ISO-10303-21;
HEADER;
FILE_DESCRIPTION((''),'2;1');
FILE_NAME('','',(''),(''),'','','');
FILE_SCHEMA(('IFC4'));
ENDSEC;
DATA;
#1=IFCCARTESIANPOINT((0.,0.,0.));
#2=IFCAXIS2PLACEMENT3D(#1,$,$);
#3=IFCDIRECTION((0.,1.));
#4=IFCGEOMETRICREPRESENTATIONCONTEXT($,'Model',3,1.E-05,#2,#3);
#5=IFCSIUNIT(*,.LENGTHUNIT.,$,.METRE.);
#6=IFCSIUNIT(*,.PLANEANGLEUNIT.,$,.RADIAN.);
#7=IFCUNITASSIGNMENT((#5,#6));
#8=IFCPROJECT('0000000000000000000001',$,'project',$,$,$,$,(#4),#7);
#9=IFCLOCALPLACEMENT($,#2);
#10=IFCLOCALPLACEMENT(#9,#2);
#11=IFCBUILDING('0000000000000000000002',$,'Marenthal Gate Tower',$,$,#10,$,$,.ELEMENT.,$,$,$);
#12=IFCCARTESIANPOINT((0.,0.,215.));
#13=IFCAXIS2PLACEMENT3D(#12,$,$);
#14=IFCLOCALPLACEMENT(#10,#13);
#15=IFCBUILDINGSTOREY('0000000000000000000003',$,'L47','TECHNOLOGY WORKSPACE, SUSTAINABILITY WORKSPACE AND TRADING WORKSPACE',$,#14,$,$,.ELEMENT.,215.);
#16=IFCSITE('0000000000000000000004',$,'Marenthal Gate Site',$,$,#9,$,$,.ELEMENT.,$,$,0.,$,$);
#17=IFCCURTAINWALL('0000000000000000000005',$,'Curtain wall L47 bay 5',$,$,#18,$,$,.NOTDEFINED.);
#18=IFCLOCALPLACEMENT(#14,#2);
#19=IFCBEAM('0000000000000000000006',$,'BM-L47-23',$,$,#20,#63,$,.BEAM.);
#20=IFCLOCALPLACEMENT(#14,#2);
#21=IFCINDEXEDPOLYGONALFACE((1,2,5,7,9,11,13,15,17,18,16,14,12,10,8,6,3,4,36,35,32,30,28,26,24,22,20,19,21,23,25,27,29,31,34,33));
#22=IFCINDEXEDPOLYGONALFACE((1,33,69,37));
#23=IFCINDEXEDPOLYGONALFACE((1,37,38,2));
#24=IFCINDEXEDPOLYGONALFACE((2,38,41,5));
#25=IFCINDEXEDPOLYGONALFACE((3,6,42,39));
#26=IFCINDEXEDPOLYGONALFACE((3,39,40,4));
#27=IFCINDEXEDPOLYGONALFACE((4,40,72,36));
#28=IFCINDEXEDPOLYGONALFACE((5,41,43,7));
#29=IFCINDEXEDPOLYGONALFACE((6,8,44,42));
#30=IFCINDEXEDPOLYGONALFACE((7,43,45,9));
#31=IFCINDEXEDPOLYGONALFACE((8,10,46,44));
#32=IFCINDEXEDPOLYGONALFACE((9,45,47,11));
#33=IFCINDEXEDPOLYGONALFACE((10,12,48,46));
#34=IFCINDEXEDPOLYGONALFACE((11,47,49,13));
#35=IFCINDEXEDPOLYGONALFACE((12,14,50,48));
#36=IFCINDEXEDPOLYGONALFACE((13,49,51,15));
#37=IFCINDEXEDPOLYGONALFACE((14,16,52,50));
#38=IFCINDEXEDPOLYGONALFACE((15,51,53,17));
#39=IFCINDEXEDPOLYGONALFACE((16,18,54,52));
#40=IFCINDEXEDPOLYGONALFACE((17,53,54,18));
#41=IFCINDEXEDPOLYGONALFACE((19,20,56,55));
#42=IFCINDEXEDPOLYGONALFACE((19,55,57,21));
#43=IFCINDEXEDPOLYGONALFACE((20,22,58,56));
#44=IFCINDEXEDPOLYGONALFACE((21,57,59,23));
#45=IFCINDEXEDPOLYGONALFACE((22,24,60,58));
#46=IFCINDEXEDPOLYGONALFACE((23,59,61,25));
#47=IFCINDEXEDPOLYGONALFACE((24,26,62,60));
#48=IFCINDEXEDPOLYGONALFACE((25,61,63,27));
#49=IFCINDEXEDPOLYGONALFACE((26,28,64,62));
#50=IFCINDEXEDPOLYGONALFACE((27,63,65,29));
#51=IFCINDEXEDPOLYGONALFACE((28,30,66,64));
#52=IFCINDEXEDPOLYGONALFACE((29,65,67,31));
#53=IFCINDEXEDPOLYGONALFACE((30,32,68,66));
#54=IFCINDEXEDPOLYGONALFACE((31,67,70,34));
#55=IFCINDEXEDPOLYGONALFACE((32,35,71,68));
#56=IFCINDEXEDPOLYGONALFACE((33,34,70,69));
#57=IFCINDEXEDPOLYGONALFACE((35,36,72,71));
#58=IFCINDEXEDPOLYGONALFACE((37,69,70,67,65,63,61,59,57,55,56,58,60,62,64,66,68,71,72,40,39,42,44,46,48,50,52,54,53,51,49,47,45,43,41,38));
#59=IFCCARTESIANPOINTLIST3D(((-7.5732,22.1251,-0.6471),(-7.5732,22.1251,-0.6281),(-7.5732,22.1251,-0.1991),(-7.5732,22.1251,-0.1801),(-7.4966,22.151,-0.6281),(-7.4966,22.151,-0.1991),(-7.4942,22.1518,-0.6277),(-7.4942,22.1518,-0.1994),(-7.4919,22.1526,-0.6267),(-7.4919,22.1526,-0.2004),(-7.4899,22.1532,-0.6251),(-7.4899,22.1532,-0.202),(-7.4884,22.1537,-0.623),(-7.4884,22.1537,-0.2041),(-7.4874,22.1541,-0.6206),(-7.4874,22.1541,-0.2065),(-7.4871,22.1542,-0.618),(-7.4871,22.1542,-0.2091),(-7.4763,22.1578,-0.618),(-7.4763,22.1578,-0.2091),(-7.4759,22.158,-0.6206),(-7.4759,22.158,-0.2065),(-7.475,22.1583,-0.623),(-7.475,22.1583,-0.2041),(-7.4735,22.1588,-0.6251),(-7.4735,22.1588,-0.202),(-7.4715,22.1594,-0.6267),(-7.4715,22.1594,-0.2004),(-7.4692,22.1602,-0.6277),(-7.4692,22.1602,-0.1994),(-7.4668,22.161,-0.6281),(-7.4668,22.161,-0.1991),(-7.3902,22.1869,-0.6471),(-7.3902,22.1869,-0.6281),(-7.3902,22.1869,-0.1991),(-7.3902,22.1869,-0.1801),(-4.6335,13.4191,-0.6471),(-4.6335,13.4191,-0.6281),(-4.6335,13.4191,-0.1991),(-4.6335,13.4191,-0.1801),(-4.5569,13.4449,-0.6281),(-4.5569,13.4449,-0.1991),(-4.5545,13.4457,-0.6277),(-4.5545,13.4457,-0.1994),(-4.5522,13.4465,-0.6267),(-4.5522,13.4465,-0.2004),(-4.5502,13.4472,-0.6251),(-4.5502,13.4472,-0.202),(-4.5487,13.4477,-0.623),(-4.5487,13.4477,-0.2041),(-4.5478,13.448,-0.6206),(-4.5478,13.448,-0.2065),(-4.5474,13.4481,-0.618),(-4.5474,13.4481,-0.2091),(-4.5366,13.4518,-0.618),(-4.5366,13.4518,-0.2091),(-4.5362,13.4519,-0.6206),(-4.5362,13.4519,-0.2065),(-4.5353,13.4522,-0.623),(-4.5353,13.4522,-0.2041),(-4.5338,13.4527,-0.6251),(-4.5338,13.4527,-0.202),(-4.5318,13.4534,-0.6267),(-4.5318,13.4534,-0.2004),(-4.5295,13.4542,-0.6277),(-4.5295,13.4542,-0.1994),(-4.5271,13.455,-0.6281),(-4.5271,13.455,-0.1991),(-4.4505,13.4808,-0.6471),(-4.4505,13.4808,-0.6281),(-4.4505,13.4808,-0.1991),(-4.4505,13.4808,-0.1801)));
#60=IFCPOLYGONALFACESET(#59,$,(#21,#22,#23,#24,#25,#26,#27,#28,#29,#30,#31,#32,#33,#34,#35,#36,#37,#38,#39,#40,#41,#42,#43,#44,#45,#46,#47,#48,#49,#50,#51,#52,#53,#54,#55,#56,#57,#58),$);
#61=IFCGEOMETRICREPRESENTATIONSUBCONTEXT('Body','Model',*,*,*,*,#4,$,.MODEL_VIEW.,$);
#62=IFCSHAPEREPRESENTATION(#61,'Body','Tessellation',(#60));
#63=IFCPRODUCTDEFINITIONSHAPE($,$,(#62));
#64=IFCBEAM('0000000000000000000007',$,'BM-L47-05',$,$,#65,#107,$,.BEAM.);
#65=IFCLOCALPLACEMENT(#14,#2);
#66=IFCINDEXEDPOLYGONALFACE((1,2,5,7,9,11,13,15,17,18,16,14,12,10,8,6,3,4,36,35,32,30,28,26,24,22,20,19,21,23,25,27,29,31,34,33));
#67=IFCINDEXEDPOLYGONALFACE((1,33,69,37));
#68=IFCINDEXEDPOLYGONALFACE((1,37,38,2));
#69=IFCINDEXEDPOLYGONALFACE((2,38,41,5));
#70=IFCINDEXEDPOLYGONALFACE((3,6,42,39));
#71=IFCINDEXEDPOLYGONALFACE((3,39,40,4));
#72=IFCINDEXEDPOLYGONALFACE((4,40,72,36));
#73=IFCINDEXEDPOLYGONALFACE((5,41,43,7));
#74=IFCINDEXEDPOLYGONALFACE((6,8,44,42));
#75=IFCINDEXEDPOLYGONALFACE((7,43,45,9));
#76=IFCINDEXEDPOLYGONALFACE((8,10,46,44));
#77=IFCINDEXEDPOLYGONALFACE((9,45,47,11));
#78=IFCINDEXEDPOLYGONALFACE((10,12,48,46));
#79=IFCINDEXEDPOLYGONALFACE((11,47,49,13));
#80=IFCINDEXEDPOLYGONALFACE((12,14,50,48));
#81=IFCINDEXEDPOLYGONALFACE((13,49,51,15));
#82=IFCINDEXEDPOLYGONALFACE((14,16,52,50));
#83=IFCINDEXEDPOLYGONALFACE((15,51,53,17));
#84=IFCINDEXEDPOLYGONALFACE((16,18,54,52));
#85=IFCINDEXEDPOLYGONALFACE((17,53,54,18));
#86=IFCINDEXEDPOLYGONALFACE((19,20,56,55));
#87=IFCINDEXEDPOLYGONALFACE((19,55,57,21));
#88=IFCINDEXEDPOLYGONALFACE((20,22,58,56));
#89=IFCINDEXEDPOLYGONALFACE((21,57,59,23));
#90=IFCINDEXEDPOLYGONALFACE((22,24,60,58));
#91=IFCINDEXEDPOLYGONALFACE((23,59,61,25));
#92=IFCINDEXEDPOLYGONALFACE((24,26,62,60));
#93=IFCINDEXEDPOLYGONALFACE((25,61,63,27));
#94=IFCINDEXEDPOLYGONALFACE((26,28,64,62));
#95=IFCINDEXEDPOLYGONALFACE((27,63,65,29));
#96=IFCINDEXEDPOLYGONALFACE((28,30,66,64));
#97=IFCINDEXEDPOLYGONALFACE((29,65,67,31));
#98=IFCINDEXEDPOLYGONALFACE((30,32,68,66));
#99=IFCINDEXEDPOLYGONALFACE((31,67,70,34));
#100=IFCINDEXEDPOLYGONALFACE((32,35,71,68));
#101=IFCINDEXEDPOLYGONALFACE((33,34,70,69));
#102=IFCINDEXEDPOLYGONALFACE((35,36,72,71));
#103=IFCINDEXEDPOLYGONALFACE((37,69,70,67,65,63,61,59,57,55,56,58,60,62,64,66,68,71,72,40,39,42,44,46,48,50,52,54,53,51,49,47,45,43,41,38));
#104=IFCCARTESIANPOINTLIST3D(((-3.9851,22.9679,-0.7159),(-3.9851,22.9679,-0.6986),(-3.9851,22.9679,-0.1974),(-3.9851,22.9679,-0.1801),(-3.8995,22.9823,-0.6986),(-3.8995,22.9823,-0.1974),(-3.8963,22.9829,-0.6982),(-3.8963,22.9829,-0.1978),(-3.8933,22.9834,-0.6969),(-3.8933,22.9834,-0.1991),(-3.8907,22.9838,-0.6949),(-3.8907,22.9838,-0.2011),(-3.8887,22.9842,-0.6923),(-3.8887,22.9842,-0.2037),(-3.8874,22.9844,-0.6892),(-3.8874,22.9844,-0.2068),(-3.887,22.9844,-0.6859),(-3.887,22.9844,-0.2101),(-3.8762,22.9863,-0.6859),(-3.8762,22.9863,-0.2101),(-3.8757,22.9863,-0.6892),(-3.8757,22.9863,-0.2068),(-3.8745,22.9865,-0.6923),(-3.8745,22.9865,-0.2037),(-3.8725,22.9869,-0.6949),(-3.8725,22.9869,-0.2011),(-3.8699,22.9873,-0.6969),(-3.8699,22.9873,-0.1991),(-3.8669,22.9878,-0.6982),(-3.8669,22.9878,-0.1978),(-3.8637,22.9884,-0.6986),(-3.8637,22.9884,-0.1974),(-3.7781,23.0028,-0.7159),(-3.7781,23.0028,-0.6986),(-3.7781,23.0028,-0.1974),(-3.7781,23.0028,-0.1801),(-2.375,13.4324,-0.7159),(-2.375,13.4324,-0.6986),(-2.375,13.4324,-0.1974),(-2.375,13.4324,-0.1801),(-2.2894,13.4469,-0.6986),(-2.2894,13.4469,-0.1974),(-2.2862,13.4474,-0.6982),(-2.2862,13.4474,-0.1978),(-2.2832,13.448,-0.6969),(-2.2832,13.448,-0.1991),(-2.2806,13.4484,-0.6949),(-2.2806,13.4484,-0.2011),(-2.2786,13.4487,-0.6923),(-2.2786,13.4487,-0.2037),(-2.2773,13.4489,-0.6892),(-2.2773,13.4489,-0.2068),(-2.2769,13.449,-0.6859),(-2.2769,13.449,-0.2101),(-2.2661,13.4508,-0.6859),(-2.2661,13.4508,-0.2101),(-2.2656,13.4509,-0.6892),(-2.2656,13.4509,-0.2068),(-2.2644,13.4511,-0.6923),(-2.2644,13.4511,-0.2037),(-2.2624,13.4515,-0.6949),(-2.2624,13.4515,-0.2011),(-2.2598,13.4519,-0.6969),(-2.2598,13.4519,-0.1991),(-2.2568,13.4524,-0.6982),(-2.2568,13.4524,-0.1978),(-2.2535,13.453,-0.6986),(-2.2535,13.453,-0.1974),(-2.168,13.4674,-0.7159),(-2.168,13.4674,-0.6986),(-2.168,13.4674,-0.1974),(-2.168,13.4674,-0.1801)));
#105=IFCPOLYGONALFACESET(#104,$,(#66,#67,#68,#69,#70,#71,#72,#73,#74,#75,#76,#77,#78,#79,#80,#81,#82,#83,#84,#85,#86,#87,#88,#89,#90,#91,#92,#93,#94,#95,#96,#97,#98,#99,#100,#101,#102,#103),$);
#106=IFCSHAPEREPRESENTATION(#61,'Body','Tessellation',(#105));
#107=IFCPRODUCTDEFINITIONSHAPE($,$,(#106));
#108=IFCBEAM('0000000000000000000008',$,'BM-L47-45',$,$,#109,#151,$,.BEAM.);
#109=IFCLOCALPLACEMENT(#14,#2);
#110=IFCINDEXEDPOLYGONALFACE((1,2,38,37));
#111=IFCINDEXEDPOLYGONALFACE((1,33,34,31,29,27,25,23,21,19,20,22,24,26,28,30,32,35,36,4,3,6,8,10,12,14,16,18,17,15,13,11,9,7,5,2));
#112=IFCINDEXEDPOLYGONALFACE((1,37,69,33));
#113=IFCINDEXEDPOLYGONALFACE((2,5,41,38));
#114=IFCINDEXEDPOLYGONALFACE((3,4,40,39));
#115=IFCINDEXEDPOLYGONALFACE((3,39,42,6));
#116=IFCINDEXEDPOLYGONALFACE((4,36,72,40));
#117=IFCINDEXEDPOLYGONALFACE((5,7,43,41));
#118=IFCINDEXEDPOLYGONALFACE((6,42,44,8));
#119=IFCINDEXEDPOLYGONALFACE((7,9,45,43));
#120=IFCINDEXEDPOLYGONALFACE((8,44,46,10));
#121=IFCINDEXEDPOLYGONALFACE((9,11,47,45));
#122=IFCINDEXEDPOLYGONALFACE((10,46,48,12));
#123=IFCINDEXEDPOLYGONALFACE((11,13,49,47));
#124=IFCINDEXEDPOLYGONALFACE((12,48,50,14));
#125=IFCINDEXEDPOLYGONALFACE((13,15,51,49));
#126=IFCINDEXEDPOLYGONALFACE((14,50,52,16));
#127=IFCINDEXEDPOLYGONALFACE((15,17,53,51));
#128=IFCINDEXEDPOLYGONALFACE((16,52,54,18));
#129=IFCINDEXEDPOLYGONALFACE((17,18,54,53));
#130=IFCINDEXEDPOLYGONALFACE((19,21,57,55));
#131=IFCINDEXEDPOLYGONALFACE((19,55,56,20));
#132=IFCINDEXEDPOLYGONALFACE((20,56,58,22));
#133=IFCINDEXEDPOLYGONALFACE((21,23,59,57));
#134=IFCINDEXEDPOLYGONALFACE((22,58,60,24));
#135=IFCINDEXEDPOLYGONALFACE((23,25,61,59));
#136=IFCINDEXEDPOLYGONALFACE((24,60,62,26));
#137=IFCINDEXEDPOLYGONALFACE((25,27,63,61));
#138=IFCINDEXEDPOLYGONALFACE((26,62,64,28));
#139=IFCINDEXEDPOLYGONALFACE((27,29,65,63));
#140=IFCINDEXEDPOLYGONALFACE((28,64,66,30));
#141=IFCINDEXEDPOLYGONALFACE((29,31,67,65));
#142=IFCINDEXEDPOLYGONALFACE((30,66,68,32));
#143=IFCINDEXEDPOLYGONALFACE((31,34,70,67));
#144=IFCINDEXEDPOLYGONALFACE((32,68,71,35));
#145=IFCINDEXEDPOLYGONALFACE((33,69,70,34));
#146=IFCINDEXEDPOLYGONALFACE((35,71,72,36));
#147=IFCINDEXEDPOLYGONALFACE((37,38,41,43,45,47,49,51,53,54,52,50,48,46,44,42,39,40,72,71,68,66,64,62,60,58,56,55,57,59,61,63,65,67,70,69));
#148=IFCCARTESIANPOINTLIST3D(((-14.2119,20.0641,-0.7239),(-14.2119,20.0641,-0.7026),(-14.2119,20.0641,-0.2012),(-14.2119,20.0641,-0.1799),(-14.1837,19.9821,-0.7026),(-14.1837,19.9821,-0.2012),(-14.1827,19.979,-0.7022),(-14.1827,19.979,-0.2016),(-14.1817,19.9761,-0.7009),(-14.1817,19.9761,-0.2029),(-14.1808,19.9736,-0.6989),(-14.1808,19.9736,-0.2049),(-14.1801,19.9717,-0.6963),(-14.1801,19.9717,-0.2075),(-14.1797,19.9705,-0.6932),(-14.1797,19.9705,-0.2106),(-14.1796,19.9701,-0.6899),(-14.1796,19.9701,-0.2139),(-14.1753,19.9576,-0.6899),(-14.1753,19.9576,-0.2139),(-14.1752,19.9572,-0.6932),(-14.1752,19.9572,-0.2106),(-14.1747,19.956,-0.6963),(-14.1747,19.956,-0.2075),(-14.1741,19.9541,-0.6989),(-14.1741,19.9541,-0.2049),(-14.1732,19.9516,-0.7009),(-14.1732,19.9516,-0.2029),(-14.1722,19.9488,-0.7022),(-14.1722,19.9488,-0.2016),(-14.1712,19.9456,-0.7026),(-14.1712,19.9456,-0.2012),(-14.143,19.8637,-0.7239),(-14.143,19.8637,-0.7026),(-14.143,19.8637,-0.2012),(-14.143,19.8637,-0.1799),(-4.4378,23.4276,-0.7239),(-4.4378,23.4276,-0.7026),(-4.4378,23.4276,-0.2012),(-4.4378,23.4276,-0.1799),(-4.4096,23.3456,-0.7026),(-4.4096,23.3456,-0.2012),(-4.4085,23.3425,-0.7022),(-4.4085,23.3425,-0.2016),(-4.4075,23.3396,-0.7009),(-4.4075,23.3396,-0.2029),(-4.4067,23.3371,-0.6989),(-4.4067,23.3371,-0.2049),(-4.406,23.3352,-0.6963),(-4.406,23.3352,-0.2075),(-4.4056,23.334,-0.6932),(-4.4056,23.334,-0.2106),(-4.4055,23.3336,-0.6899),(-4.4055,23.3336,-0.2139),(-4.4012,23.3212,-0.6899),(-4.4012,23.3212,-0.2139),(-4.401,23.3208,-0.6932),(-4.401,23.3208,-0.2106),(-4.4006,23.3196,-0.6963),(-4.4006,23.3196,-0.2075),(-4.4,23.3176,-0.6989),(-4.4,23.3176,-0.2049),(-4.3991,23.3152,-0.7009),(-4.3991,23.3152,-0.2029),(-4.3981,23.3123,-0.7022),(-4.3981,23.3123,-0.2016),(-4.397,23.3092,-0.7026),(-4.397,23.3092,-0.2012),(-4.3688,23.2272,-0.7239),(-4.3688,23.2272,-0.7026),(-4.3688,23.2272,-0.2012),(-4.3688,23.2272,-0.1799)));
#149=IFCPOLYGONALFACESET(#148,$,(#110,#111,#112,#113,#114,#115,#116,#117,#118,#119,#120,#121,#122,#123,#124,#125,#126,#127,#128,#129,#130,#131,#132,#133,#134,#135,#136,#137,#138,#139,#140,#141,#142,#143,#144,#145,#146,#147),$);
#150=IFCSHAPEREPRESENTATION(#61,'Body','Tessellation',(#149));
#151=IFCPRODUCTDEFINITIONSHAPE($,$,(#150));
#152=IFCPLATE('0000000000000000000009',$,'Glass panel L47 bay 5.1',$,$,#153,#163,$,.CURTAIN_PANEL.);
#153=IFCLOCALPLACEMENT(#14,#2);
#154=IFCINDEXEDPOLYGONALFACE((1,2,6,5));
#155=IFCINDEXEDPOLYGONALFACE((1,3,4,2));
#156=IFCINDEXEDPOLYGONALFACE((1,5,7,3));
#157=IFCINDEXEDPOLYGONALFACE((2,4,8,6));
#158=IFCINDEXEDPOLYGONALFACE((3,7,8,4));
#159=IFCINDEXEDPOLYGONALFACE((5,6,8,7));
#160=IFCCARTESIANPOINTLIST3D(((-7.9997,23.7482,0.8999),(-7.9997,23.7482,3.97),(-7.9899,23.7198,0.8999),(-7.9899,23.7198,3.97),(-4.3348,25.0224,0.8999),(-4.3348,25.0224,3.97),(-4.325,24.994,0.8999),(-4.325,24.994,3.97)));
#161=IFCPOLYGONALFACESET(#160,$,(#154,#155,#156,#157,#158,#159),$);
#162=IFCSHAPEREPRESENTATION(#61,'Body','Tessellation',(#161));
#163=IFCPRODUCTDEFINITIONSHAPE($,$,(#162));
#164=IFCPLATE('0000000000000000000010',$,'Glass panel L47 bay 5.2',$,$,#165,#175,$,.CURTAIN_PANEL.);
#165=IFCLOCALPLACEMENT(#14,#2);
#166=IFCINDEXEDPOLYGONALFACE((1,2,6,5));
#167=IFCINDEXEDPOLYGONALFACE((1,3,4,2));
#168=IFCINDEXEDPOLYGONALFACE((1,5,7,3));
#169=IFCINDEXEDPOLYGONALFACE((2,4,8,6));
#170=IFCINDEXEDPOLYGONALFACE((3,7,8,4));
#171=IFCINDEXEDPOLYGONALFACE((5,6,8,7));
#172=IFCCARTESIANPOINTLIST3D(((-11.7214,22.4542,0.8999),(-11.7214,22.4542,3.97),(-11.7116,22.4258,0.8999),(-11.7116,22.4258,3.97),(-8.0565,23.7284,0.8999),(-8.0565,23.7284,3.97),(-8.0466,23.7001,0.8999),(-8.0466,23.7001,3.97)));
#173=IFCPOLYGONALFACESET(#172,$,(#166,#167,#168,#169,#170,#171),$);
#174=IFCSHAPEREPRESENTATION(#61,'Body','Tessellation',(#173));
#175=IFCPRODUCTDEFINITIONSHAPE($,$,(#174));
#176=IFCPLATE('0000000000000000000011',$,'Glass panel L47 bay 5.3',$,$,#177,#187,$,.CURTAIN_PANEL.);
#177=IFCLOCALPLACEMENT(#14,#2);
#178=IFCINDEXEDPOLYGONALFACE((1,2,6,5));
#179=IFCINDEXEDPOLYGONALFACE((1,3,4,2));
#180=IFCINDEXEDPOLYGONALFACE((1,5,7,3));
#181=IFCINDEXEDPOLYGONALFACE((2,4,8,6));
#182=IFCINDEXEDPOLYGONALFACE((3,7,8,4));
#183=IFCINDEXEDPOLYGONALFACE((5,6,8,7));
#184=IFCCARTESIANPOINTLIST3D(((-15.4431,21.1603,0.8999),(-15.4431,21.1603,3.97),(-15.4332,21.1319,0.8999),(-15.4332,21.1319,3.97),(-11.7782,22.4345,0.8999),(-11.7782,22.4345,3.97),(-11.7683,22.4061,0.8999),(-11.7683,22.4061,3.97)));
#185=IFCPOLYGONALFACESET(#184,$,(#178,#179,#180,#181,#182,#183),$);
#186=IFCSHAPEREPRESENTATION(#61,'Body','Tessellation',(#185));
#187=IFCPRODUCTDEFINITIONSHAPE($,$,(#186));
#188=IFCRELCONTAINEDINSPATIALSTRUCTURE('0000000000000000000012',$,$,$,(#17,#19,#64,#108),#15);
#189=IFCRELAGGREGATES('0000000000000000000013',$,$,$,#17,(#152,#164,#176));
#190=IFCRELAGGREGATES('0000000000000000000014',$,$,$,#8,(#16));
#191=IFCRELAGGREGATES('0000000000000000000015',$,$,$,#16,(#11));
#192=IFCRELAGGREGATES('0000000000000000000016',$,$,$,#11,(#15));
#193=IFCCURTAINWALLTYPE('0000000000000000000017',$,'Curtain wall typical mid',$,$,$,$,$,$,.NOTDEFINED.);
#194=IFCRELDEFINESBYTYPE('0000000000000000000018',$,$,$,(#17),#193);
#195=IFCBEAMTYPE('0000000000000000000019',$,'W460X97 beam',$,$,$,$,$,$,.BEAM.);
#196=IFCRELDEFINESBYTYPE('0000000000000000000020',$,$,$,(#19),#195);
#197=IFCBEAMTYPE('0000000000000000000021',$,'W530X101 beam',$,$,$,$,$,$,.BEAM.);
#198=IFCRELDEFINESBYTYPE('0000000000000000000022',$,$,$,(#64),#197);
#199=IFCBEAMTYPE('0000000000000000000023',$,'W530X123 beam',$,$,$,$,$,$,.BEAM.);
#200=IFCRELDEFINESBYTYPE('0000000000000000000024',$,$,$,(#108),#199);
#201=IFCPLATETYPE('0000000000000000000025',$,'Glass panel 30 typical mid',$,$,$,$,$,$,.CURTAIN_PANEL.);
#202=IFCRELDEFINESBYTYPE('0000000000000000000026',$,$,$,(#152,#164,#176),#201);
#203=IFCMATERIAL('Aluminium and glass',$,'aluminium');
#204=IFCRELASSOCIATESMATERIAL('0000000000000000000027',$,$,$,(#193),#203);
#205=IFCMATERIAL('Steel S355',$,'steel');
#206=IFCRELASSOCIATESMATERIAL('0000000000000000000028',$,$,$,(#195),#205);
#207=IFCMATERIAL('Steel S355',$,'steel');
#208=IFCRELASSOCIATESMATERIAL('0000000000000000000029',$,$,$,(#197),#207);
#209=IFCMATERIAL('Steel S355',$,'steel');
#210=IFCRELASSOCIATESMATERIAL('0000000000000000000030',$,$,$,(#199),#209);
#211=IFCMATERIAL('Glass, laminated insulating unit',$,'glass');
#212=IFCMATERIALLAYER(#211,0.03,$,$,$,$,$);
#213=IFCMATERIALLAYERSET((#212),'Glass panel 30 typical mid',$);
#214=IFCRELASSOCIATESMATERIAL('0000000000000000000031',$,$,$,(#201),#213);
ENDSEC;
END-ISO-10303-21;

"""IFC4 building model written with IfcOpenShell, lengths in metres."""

from ifc_helpers import new_model, si_unit, direction, frame, origin, origin_2d, place, context, subcontext, project, spatial, rectangle, i_section, extrude, material, layer, layer_set, material_profile, profile_set, type_object, element, aggregate, save


model = new_model("IFC4")

# Units and contexts
model_context = context("Model", 3, precision=1e-05, world=origin(), true_north=direction((0.0, 1.0)))
body_context = subcontext(model_context, "Body", "Model", "MODEL_VIEW")
ifc_project = project(units=[si_unit("LENGTHUNIT", "METRE"), si_unit("PLANEANGLEUNIT", "RADIAN")], contexts=[model_context])

# Site, building, storey
site_placement = place(None, origin())
site = spatial("IfcSite", under=ifc_project, at=site_placement, Name="Marenthal Gate Site", CompositionType="ELEMENT", RefElevation=0.0)
building_placement = place(site_placement, origin())
building = spatial("IfcBuilding", under=site, at=building_placement, Name="Marenthal Gate Tower", CompositionType="ELEMENT")
storey_placement = place(building_placement, frame((0.0, 0.0, 215.0)))
storey = spatial("IfcBuildingStorey", under=building, at=storey_placement, Name="L47", Description="TECHNOLOGY WORKSPACE, SUSTAINABILITY WORKSPACE AND TRADING WORKSPACE", CompositionType="ELEMENT", Elevation=215.0)

# Curtain wall
ifc_material_1 = material(Name="Aluminium and glass", Category="aluminium")
curtain_wall_type = type_object("IfcCurtainWallType", Name="Curtain wall typical mid", PredefinedType="NOTDEFINED", material=ifc_material_1)
curtain_wall_placement = place(storey_placement, origin())
curtain_wall = element("IfcCurtainWall", 1, at=curtain_wall_placement, inside=storey, type_object=curtain_wall_type, Name="Curtain wall L47 bay 5", PredefinedType="NOTDEFINED")

# Beams
ifc_material_2 = material(Name="Steel S355", Category="steel")
ifc_material_profile_1 = material_profile(ifc_material_2, i_section(OverallWidth=0.1931, OverallDepth=0.467, WebThickness=0.0115, FlangeThickness=0.019, FilletRadius=0.01, at=origin_2d()), Name="W460X97")
ifc_profile_set_1 = profile_set([ifc_material_profile_1], Name="Steel S355")
beam_type_1 = type_object("IfcBeamType", Name="W460X97 beam", PredefinedType="BEAM", material=ifc_profile_set_1)
beam_1_placement = place(storey_placement, frame((-7.4817, 22.156, -0.4136), z_axis=(0.319916, -0.947446, 0.0), x_axis=(0.947446, 0.319916, 0.0)))
element("IfcBeam", 2, at=beam_1_placement, inside=storey, type_object=beam_type_1, Name="BM-L47-23", PredefinedType="BEAM", context=body_context, shape_type="SweptSolid", body=[
    extrude(i_section(OverallWidth=0.1931, OverallDepth=0.467, WebThickness=0.0115, FlangeThickness=0.019, FilletRadius=0.01, at=origin_2d()), origin(), (0.0, 0.0, 1.0), 9.189),
])
ifc_material_3 = material(Name="Steel S355", Category="steel")
ifc_material_profile_2 = material_profile(ifc_material_3, i_section(OverallWidth=0.21, OverallDepth=0.5359, WebThickness=0.011, FlangeThickness=0.0173, FilletRadius=0.0127, at=origin_2d()), Name="W530X101")
ifc_profile_set_2 = profile_set([ifc_material_profile_2], Name="Steel S355")
beam_type_2 = type_object("IfcBeamType", Name="W530X101 beam", PredefinedType="BEAM", material=ifc_profile_set_2)
beam_2_placement = place(storey_placement, frame((-3.8816, 22.9854, -0.448), z_axis=(0.166499, -0.986042, 0.0), x_axis=(0.986042, 0.166499, 0.0)))
element("IfcBeam", 3, at=beam_2_placement, inside=storey, type_object=beam_type_2, Name="BM-L47-05", PredefinedType="BEAM", context=body_context, shape_type="SweptSolid", body=[
    extrude(i_section(OverallWidth=0.21, OverallDepth=0.5359, WebThickness=0.011, FlangeThickness=0.0173, FilletRadius=0.0127, at=origin_2d()), origin(), (0.0, 0.0, 1.0), 9.6704),
])
ifc_material_4 = material(Name="Steel S355", Category="steel")
ifc_material_profile_3 = material_profile(ifc_material_4, i_section(OverallWidth=0.2119, OverallDepth=0.5439, WebThickness=0.0132, FlangeThickness=0.0212, FilletRadius=0.0127, at=origin_2d()), Name="W530X123")
ifc_profile_set_3 = profile_set([ifc_material_profile_3], Name="Steel S355")
beam_type_3 = type_object("IfcBeamType", Name="W530X123 beam", PredefinedType="BEAM", material=ifc_profile_set_3)
beam_3_placement = place(storey_placement, frame((-4.4033, 23.3274, -0.4519), z_axis=(-0.945578, -0.325396, 0.0), x_axis=(0.325396, -0.945578, 0.0)))
element("IfcBeam", 4, at=beam_3_placement, inside=storey, type_object=beam_type_3, Name="BM-L47-45", PredefinedType="BEAM", context=body_context, shape_type="SweptSolid", body=[
    extrude(i_section(OverallWidth=0.2119, OverallDepth=0.5439, WebThickness=0.0132, FlangeThickness=0.0212, FilletRadius=0.0127, at=origin_2d()), origin(), (0.0, 0.0, 1.0), 10.3367),
])

# Plates
ifc_material_5 = material(Name="Glass, laminated insulating unit", Category="glass")
ifc_layer_1 = layer(ifc_material_5, 0.03)
ifc_layer_set_1 = layer_set([ifc_layer_1], Name="Glass panel 30 typical mid")
plate_type = type_object("IfcPlateType", Name="Glass panel 30 typical mid", PredefinedType="CURTAIN_PANEL", material=ifc_layer_set_1)
plate_1_placement = place(storey_placement, frame((-6.1624, 24.3711, 0.8999), z_axis=(0.0, 0.0, 1.0), x_axis=(-0.944539, -0.3284, 0.0)))
plate_1 = element("IfcPlate", 5, at=plate_1_placement, type_object=plate_type, Name="Glass panel L47 bay 5.1", PredefinedType="CURTAIN_PANEL", context=body_context, shape_type="SweptSolid", body=[
    extrude(rectangle(XDim=3.8801, YDim=0.03, at=origin_2d()), origin(), (0.0, 0.0, 1.0), 3.0701),
])
plate_2_placement = place(storey_placement, frame((-9.884, 23.0771, 0.8999), z_axis=(0.0, 0.0, 1.0), x_axis=(-0.944539, -0.3284, 0.0)))
plate_2 = element("IfcPlate", 6, at=plate_2_placement, type_object=plate_type, Name="Glass panel L47 bay 5.2", PredefinedType="CURTAIN_PANEL", context=body_context, shape_type="SweptSolid", body=[
    extrude(rectangle(XDim=3.8801, YDim=0.03, at=origin_2d()), origin(), (0.0, 0.0, 1.0), 3.0701),
])
plate_3_placement = place(storey_placement, frame((-13.6057, 21.7832, 0.8999), z_axis=(0.0, 0.0, 1.0), x_axis=(-0.944539, -0.3284, 0.0)))
plate_3 = element("IfcPlate", 7, at=plate_3_placement, type_object=plate_type, Name="Glass panel L47 bay 5.3", PredefinedType="CURTAIN_PANEL", context=body_context, shape_type="SweptSolid", body=[
    extrude(rectangle(XDim=3.8801, YDim=0.03, at=origin_2d()), origin(), (0.0, 0.0, 1.0), 3.0701),
])
aggregate(curtain_wall, [plate_1, plate_2, plate_3])

save(model, "model.ifc")
